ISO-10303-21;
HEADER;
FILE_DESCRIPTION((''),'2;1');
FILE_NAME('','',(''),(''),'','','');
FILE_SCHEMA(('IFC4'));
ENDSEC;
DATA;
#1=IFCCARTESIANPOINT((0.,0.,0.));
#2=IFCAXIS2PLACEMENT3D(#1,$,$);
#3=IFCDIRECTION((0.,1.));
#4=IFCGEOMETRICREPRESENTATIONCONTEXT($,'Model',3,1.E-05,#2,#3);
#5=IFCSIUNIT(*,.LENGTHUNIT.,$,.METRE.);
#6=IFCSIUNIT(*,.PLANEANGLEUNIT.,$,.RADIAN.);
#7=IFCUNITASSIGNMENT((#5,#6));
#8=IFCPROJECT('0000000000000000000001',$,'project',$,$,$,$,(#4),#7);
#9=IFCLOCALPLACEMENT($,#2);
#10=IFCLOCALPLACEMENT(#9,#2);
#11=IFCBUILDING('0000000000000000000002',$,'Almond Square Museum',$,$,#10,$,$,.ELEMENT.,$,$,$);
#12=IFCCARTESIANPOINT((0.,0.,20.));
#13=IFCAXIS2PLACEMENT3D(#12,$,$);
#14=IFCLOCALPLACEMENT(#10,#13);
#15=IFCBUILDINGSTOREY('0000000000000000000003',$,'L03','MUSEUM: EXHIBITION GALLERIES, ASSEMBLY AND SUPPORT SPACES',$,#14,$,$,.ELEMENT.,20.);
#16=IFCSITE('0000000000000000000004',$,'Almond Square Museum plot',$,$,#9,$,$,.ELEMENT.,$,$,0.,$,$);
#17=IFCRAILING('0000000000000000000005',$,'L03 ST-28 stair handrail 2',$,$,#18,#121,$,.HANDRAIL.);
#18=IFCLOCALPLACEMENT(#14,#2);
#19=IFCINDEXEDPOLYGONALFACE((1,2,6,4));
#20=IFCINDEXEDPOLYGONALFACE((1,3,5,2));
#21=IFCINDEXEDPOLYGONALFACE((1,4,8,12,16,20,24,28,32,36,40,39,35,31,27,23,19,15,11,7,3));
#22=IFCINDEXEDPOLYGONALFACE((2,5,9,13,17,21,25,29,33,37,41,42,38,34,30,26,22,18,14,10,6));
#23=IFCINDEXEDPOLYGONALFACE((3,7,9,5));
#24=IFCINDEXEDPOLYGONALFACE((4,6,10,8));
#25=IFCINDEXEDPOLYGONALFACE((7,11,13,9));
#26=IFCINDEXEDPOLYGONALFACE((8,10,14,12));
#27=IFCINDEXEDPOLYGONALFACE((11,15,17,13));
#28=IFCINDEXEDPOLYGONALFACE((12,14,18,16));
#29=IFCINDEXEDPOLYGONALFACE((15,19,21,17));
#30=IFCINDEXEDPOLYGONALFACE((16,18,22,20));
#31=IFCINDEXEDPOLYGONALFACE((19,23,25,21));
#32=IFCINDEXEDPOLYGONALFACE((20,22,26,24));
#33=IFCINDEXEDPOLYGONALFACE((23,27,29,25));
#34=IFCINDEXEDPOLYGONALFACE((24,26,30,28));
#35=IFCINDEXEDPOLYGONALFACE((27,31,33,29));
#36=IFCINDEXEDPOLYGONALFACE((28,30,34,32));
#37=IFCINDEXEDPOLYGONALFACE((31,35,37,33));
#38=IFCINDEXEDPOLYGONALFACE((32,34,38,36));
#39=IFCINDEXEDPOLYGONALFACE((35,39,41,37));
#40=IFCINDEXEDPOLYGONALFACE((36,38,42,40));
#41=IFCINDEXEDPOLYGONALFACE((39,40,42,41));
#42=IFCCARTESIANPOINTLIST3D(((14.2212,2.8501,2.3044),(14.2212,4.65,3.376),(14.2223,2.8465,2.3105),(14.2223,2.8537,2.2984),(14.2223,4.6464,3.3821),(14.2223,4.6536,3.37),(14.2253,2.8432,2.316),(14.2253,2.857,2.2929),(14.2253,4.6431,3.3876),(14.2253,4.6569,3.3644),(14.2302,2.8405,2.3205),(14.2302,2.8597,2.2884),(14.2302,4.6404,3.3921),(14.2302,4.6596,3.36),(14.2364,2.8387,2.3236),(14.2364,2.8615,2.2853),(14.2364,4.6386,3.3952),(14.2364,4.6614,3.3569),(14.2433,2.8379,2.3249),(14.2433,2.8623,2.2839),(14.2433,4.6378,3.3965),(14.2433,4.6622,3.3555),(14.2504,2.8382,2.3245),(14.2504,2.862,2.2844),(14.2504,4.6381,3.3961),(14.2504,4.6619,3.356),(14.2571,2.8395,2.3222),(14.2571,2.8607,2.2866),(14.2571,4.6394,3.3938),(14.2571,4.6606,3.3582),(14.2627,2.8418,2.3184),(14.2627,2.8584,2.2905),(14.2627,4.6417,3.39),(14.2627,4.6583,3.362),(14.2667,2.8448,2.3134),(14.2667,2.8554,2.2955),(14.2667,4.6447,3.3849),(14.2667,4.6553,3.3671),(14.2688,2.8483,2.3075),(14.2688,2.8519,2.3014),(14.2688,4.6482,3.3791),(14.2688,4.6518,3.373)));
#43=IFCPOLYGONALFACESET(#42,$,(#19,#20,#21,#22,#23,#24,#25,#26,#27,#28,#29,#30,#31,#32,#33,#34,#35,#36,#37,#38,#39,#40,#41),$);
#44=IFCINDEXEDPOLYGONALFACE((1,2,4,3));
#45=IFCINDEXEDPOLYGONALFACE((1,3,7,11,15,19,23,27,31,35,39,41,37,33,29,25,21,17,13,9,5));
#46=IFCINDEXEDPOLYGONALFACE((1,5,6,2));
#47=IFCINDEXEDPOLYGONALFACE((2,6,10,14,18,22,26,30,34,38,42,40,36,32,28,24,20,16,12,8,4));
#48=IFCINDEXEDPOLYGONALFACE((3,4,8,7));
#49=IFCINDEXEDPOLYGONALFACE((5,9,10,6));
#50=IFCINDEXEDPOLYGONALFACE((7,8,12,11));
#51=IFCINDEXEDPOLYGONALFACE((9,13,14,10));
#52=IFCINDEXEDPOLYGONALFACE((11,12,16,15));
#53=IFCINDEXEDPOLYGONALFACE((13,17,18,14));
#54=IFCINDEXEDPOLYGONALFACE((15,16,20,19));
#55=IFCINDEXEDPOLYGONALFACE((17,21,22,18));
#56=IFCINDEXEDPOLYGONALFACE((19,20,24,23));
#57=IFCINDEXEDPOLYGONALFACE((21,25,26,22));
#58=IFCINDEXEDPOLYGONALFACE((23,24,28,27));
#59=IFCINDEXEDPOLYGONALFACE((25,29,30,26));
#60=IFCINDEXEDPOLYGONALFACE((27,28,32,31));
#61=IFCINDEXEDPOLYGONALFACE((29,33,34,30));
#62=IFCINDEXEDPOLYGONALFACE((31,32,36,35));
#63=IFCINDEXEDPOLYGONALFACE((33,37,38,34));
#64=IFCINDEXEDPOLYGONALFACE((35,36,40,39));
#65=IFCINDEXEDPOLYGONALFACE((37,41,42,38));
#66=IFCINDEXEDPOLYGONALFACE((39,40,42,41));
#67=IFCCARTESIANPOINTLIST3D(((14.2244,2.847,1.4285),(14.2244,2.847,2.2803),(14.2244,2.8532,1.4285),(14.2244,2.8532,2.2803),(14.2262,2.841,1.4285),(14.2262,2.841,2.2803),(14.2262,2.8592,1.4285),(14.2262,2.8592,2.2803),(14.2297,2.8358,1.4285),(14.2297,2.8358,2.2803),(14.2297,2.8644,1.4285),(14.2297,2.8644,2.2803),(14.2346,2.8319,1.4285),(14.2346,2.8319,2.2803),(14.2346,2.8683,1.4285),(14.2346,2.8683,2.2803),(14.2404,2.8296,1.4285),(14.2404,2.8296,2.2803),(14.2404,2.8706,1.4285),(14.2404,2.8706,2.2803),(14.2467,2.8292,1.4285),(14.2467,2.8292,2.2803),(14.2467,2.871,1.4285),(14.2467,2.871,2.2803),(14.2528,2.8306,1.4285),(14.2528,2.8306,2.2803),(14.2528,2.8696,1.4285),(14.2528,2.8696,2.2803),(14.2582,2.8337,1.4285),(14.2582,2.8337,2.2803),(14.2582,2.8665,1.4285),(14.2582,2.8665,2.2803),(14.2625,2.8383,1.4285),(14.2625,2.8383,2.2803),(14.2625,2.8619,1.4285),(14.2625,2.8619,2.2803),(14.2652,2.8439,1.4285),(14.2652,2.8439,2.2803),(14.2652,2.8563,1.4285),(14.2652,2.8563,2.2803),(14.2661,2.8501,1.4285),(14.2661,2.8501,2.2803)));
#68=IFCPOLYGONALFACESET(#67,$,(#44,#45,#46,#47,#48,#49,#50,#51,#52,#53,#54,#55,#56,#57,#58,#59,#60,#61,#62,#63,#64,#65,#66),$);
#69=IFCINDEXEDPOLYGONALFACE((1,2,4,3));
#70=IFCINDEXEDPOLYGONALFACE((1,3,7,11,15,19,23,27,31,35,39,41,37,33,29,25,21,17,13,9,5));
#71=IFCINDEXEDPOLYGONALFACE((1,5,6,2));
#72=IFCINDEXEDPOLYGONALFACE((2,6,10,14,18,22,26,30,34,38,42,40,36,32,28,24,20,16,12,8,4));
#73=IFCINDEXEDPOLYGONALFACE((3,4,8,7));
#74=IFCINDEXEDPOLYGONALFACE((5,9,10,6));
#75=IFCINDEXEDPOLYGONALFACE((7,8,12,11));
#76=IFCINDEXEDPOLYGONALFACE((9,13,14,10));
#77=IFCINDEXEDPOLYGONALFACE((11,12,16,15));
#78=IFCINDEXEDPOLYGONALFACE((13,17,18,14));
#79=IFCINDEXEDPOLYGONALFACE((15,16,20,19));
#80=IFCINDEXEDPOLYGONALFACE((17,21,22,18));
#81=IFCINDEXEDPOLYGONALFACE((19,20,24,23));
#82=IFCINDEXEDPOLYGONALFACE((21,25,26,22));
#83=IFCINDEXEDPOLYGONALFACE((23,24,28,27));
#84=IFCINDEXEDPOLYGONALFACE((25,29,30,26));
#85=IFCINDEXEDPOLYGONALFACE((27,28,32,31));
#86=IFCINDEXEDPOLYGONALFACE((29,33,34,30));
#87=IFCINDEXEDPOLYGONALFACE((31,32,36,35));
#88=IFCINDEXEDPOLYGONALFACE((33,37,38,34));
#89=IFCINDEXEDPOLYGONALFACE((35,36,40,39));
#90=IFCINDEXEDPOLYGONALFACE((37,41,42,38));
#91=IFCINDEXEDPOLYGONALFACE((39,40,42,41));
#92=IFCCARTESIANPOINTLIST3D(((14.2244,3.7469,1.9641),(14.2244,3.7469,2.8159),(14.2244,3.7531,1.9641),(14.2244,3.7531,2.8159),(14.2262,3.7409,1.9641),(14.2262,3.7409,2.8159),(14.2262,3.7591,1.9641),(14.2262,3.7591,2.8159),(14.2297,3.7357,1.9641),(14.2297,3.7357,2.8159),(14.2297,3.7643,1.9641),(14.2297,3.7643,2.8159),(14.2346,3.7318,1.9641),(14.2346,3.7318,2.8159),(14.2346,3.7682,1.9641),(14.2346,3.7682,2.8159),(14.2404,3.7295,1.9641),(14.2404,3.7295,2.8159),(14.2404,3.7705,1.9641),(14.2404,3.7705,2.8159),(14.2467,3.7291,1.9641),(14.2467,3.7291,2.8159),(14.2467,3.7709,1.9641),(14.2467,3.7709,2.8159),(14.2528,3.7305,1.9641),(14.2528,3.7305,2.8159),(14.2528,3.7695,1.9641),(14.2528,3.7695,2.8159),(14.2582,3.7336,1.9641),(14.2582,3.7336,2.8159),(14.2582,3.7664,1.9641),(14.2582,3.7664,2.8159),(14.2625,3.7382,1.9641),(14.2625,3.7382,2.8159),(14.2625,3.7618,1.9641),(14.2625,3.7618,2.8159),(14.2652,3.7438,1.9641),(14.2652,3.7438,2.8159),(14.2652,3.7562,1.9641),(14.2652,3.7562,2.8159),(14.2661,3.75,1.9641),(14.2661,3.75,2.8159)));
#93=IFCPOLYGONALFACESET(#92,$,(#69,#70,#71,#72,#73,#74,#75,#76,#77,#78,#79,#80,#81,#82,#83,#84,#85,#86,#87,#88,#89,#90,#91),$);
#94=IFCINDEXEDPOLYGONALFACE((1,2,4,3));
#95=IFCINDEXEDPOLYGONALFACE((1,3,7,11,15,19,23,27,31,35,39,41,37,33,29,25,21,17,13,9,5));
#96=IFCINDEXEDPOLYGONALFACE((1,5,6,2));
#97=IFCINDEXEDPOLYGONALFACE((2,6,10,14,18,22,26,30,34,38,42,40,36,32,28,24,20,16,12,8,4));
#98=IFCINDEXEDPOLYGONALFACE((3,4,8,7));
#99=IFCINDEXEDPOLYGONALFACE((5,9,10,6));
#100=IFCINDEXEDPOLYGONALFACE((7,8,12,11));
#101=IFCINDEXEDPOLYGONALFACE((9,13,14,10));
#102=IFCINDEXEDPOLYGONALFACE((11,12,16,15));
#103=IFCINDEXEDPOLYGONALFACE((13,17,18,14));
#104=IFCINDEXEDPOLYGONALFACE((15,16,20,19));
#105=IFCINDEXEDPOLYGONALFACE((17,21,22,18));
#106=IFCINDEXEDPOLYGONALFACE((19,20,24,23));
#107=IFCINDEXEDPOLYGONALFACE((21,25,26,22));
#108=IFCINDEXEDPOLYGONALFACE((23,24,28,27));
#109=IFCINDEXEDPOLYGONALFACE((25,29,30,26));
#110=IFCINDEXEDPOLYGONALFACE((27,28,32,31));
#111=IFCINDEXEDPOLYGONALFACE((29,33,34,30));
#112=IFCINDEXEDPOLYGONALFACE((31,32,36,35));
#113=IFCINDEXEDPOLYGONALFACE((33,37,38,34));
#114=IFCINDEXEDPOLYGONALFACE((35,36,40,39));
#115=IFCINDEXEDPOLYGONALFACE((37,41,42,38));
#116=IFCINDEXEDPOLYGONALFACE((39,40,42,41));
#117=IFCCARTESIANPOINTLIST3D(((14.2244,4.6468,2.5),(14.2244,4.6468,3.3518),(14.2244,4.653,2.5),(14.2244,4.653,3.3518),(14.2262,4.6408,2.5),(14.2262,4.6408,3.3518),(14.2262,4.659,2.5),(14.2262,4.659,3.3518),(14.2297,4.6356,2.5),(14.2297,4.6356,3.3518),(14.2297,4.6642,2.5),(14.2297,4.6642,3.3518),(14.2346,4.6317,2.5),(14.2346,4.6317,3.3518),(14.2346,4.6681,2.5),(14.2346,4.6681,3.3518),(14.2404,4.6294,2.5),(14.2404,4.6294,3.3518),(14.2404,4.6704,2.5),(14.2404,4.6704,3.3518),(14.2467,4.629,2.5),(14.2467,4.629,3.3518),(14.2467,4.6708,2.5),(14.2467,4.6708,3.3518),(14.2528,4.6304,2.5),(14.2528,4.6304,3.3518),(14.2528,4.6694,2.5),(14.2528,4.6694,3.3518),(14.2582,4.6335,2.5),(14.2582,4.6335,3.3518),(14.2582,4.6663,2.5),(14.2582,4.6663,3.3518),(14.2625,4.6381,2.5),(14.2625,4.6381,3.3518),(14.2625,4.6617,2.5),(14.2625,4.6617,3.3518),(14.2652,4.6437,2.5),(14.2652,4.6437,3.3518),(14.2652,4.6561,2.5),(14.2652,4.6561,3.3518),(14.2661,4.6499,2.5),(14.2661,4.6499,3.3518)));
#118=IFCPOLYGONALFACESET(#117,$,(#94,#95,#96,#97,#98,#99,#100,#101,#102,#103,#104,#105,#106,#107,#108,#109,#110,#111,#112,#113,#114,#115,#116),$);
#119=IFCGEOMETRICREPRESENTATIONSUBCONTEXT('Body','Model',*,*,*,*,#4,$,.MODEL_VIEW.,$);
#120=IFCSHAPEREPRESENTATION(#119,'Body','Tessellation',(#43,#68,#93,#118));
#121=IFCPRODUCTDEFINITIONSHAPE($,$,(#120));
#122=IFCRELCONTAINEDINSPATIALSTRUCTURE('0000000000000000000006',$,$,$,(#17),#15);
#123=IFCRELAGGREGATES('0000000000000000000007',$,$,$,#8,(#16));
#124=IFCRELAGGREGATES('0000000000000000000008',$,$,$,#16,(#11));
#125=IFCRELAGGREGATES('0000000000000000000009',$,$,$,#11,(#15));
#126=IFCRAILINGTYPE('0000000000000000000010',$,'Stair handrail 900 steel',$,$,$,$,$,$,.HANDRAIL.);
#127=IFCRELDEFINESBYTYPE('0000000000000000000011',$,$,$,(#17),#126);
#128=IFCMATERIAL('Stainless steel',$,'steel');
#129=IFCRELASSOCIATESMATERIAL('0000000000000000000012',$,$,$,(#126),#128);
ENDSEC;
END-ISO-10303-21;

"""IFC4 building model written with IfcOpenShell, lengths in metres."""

from ifc_helpers import new_model, si_unit, direction, frame, origin, origin_2d, place, context, subcontext, project, spatial, circle, extrude, material, type_object, element, save


model = new_model("IFC4")

# Units and contexts
model_context = context("Model", 3, precision=1e-05, world=origin(), true_north=direction((0.0, 1.0)))
body_context = subcontext(model_context, "Body", "Model", "MODEL_VIEW")
ifc_project = project(units=[si_unit("LENGTHUNIT", "METRE"), si_unit("PLANEANGLEUNIT", "RADIAN")], contexts=[model_context])

# Site, building, storey
site_placement = place(None, origin())
site = spatial("IfcSite", under=ifc_project, at=site_placement, Name="Almond Square Museum plot", CompositionType="ELEMENT", RefElevation=0.0)
building_placement = place(site_placement, origin())
building = spatial("IfcBuilding", under=site, at=building_placement, Name="Almond Square Museum", CompositionType="ELEMENT")
storey_placement = place(building_placement, frame((0.0, 0.0, 20.0)))
storey = spatial("IfcBuildingStorey", under=building, at=storey_placement, Name="L03", Description="MUSEUM: EXHIBITION GALLERIES, ASSEMBLY AND SUPPORT SPACES", CompositionType="ELEMENT", Elevation=20.0)

# Railing
ifc_material_1 = material(Name="Stainless steel", Category="steel")
railing_type_1 = type_object("IfcRailingType", Name="Stair handrail 900 steel", PredefinedType="HANDRAIL", material=ifc_material_1)
railing_1_placement = place(storey_placement, frame((14.2451, 2.8501, 1.4285)))
element("IfcRailing", 1, at=railing_1_placement, inside=storey, type_object=railing_type_1, Name="L03 ST-28 stair handrail 2", PredefinedType="HANDRAIL", context=body_context, shape_type="SweptSolid", body=[
    extrude(circle(Radius=0.0239, at=origin_2d()), frame((0.0, 0.0, 0.876), z_axis=(0.0, 0.859247, 0.511562), x_axis=(-1.0, 0.0, 0.0)), (0.0, 0.0, 1.0), 2.0947),
    extrude(circle(Radius=0.021, at=origin_2d()), origin(), (0.0, 0.0, 1.0), 0.8518),
    extrude(circle(Radius=0.021, at=origin_2d()), frame((0.0, 0.8999, 0.5356)), (0.0, 0.0, 1.0), 0.8518),
    extrude(circle(Radius=0.021, at=origin_2d()), frame((0.0, 1.7998, 1.0715)), (0.0, 0.0, 1.0), 0.8518),
])

save(model, "model.ifc")
